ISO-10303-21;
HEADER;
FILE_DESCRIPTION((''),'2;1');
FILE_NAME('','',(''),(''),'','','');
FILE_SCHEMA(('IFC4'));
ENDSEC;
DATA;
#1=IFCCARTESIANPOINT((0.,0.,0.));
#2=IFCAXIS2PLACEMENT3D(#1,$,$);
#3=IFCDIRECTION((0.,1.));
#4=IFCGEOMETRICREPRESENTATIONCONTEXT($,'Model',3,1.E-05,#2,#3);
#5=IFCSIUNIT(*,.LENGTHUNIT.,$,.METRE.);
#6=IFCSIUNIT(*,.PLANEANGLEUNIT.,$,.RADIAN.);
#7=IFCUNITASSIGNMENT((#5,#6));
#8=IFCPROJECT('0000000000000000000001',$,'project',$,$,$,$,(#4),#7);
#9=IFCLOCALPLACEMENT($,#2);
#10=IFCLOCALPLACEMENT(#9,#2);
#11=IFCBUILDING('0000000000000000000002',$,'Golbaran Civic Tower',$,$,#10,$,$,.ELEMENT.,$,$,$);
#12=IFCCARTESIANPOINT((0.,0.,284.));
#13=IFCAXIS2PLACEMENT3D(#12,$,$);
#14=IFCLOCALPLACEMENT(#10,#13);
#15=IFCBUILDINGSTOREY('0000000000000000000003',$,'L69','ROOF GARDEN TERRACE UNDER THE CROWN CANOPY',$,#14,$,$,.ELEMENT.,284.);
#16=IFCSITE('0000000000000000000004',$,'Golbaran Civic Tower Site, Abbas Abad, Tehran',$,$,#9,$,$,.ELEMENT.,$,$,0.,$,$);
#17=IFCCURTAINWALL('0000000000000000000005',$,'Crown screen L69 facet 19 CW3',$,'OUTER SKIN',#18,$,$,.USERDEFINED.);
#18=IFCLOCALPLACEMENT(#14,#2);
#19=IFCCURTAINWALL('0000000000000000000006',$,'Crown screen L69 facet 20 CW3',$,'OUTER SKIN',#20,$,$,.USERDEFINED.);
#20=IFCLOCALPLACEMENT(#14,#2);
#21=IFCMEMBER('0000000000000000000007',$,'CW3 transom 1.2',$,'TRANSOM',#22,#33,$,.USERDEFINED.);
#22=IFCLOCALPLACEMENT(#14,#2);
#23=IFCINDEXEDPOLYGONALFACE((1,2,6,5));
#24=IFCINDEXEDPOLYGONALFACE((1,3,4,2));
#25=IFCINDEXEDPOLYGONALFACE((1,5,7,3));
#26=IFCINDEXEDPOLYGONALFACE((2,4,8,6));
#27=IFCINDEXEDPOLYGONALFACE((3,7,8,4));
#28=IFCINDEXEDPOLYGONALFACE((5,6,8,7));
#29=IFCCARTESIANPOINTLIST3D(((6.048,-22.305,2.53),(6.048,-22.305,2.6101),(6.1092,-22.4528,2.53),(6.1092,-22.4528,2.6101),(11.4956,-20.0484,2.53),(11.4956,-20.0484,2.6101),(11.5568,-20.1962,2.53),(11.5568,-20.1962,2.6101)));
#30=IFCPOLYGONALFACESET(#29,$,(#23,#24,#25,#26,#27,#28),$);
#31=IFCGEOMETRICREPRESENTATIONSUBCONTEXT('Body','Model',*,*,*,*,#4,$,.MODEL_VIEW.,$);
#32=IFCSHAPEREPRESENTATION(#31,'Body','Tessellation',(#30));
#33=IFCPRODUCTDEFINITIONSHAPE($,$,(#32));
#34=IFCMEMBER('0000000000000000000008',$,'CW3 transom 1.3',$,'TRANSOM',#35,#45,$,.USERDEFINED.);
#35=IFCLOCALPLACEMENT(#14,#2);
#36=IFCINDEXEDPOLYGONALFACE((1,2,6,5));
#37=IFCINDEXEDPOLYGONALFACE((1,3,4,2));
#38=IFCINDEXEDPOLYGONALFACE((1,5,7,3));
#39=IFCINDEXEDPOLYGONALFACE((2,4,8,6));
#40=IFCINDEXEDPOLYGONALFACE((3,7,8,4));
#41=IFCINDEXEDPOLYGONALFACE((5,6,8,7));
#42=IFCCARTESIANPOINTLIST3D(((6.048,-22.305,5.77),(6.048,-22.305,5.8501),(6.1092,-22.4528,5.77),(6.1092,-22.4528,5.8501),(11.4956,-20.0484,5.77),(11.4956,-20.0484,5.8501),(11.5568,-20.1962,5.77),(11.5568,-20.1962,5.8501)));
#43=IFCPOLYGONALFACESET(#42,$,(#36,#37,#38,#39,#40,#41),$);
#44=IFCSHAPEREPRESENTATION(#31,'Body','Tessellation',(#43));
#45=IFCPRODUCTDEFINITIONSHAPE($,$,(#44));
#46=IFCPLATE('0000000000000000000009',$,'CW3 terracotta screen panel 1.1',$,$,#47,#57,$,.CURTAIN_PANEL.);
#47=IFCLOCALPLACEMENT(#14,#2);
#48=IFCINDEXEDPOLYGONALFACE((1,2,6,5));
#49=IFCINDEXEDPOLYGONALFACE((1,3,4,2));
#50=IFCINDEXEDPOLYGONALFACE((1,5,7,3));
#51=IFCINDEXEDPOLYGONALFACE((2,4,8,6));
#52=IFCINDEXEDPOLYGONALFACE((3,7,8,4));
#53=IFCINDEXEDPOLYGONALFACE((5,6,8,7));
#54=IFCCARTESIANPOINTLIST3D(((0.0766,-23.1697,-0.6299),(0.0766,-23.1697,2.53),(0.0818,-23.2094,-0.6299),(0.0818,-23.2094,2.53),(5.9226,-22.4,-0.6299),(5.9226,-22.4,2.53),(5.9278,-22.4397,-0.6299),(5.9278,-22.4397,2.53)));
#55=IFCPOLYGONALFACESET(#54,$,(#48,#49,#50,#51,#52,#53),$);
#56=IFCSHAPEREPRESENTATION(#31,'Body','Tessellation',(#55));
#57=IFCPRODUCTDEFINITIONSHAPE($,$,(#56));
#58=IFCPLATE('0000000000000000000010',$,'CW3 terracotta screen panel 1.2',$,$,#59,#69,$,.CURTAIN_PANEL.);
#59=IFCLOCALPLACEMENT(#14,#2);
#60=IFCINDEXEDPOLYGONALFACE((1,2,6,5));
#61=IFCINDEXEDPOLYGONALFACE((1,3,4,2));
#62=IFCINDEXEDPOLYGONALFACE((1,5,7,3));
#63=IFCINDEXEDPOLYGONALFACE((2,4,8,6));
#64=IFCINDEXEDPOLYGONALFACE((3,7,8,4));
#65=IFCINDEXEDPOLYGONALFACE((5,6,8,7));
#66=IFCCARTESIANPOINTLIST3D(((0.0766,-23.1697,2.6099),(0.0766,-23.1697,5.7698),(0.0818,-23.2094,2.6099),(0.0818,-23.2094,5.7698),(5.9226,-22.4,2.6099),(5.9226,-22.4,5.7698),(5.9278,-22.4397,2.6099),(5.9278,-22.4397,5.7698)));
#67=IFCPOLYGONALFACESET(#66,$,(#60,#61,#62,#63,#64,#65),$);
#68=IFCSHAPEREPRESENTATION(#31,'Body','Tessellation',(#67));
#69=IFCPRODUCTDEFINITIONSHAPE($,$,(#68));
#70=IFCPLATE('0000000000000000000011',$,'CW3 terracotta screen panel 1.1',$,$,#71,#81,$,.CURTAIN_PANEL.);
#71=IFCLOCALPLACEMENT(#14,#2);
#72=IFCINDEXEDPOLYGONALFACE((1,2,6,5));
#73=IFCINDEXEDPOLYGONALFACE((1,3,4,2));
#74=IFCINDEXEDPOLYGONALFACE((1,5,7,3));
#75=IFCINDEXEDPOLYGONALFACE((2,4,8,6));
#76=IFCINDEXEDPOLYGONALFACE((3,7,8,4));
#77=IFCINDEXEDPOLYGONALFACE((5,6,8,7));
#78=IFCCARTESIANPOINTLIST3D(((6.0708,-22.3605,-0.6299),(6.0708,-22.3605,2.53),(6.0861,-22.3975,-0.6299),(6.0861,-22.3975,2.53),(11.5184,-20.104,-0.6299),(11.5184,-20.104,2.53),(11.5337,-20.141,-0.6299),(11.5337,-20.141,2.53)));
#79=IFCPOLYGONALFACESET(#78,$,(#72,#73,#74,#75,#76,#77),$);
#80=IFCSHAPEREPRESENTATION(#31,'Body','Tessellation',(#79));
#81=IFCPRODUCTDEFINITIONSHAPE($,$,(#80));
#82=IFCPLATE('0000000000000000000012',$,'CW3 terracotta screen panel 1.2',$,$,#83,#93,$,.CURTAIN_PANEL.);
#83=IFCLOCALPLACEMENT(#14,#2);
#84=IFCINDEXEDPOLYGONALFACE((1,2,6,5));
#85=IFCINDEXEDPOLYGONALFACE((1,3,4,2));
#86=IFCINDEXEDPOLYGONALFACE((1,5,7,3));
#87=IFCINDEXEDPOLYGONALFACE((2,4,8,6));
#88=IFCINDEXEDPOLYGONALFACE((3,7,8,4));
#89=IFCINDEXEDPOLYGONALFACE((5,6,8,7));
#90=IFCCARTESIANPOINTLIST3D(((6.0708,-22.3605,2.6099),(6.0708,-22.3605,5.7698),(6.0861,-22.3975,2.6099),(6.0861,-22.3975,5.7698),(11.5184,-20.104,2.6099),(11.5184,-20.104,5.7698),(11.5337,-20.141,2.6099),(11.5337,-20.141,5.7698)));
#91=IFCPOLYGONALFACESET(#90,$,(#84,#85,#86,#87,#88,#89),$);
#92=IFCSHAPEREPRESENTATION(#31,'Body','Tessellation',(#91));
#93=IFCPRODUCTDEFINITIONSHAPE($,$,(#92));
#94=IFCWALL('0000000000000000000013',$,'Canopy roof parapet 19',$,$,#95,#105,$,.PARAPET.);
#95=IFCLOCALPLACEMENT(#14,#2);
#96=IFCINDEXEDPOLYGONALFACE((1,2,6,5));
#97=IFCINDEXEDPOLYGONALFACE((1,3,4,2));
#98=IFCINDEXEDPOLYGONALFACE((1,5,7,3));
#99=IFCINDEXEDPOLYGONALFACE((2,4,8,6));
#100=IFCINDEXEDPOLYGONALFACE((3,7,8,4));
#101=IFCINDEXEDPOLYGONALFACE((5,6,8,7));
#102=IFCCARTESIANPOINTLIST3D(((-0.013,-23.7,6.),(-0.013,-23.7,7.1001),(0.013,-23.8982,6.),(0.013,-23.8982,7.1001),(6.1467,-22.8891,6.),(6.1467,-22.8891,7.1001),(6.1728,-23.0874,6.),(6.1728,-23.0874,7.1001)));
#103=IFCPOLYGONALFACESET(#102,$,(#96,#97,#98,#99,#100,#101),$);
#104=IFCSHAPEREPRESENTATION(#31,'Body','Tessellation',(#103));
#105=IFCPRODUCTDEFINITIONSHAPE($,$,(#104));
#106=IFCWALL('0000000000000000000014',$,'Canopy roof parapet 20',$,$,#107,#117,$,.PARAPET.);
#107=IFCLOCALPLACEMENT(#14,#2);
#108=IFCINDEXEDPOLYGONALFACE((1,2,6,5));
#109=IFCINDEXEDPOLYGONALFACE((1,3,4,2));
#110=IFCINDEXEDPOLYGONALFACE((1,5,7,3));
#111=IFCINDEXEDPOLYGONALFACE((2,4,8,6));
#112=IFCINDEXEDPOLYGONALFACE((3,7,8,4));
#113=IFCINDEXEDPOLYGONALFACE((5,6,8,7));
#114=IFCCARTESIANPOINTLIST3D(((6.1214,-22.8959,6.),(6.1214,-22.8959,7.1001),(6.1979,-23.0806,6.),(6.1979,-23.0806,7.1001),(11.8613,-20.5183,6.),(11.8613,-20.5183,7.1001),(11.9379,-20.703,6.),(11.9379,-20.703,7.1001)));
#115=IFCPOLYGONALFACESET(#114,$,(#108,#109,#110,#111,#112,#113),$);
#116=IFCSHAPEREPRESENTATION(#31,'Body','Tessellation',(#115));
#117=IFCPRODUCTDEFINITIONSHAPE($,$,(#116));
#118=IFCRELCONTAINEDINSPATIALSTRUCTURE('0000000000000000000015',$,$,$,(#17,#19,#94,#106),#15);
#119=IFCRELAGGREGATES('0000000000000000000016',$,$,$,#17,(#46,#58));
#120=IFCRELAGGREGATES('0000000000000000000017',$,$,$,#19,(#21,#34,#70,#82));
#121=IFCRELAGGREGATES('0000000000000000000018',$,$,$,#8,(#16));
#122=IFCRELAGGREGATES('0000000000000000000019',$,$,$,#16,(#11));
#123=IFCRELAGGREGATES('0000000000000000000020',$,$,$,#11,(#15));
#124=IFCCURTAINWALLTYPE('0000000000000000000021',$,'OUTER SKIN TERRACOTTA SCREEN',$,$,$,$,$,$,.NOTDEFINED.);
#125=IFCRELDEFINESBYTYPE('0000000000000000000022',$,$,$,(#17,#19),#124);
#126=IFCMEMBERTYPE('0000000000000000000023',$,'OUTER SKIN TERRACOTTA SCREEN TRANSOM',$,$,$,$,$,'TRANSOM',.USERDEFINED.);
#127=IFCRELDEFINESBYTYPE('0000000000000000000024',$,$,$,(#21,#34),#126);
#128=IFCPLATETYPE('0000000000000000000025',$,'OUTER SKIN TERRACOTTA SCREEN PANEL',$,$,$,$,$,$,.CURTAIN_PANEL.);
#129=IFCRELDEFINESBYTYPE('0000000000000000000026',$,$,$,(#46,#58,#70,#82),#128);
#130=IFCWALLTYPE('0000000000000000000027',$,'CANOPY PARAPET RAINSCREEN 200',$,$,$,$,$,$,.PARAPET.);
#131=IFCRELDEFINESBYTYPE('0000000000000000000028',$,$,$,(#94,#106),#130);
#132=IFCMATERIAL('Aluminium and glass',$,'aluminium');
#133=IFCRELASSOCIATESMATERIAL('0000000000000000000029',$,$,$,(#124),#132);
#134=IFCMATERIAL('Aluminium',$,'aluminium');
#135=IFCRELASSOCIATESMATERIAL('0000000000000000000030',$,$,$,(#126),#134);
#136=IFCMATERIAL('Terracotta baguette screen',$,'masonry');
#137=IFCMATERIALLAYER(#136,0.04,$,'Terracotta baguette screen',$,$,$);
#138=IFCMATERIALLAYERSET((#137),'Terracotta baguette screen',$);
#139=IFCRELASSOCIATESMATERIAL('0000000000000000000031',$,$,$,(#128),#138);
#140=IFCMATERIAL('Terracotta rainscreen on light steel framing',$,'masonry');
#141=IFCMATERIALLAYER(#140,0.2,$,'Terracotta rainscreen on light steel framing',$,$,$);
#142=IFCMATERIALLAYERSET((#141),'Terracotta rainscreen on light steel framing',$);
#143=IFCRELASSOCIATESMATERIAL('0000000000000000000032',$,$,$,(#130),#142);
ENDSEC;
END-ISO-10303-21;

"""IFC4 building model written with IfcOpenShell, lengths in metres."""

from ifc_helpers import new_model, si_unit, direction, frame, frame_2d, origin, origin_2d, place, context, subcontext, project, spatial, rectangle, extrude, material, layer, layer_set, material_profile, profile_set, type_object, element, aggregate, save


model = new_model("IFC4")

# Units and contexts
model_context = context("Model", 3, precision=1e-05, world=origin(), true_north=direction((0.0, 1.0)))
body_context = subcontext(model_context, "Body", "Model", "MODEL_VIEW")
ifc_project = project(units=[si_unit("LENGTHUNIT", "METRE"), si_unit("PLANEANGLEUNIT", "RADIAN")], contexts=[model_context])

# Site, building, storey
site_placement = place(None, origin())
site = spatial("IfcSite", under=ifc_project, at=site_placement, Name="Golbaran Civic Tower Site, Abbas Abad, Tehran", CompositionType="ELEMENT", RefElevation=0.0)
building_placement = place(site_placement, origin())
building = spatial("IfcBuilding", under=site, at=building_placement, Name="Golbaran Civic Tower", CompositionType="ELEMENT")
storey_placement = place(building_placement, frame((0.0, 0.0, 284.0)))
storey = spatial("IfcBuildingStorey", under=building, at=storey_placement, Name="L69", Description="ROOF GARDEN TERRACE UNDER THE CROWN CANOPY", CompositionType="ELEMENT", Elevation=284.0)

# Curtain wall
ifc_material_1 = material(Name="Aluminium and glass", Category="aluminium")
curtain_wall_type = type_object("IfcCurtainWallType", Name="OUTER SKIN TERRACOTTA SCREEN", PredefinedType="NOTDEFINED", material=ifc_material_1)
curtain_wall_1_placement = place(storey_placement, origin())
curtain_wall_1 = element("IfcCurtainWall", 1, at=curtain_wall_1_placement, inside=storey, type_object=curtain_wall_type, Name="Crown screen L69 facet 19 CW3", ObjectType="OUTER SKIN", PredefinedType="USERDEFINED")
ifc_material_2 = material(Name="Aluminium", Category="aluminium")

# Curtain wall
curtain_wall_2_placement = place(storey_placement, origin())
curtain_wall_2 = element("IfcCurtainWall", 2, at=curtain_wall_2_placement, inside=storey, type_object=curtain_wall_type, Name="Crown screen L69 facet 20 CW3", ObjectType="OUTER SKIN", PredefinedType="USERDEFINED")

# Members
ifc_material_profile_1 = material_profile(ifc_material_2, rectangle(XDim=0.1599, YDim=0.0801, at=origin_2d()), Name="OUTER SKIN TERRACOTTA SCREEN TRANSOM")
ifc_profile_set_1 = profile_set([ifc_material_profile_1], Name="Aluminium")
member_type_1 = type_object("IfcMemberType", Name="OUTER SKIN TERRACOTTA SCREEN TRANSOM", ElementType="TRANSOM", PredefinedType="USERDEFINED", material=ifc_profile_set_1)
member_1_placement = place(storey_placement, frame((6.0786, -22.3789, 2.5701), z_axis=(0.92387, 0.382707, 0.0), x_axis=(-0.382707, 0.92387, 0.0)))
member_1 = element("IfcMember", 3, at=member_1_placement, type_object=member_type_1, Name="CW3 transom 1.2", ObjectType="TRANSOM", PredefinedType="USERDEFINED", context=body_context, shape_type="SweptSolid", body=[
    extrude(rectangle(XDim=0.1599, YDim=0.0801, at=origin_2d()), origin(), (0.0, 0.0, 1.0), 5.8965),
])
member_2_placement = place(storey_placement, frame((6.0786, -22.3789, 5.8101), z_axis=(0.92387, 0.382707, 0.0), x_axis=(-0.382707, 0.92387, 0.0)))
member_2 = element("IfcMember", 4, at=member_2_placement, type_object=member_type_1, Name="CW3 transom 1.3", ObjectType="TRANSOM", PredefinedType="USERDEFINED", context=body_context, shape_type="SweptSolid", body=[
    extrude(rectangle(XDim=0.1599, YDim=0.0801, at=origin_2d()), origin(), (0.0, 0.0, 1.0), 5.8965),
])

# Plates
ifc_material_3 = material(Name="Terracotta baguette screen", Category="masonry")
ifc_layer_1 = layer(ifc_material_3, 0.04, Name="Terracotta baguette screen")
ifc_layer_set_1 = layer_set([ifc_layer_1], Name="Terracotta baguette screen")
plate_type = type_object("IfcPlateType", Name="OUTER SKIN TERRACOTTA SCREEN PANEL", PredefinedType="CURTAIN_PANEL", material=ifc_layer_set_1)
plate_1_placement = place(storey_placement, frame((3.0022, -22.8047, -0.6299), z_axis=(0.0, 0.0, 1.0), x_axis=(0.991445, 0.130526, 0.0)))
plate_1 = element("IfcPlate", 5, at=plate_1_placement, type_object=plate_type, Name="CW3 terracotta screen panel 1.1", PredefinedType="CURTAIN_PANEL", context=body_context, shape_type="SweptSolid", body=[
    extrude(rectangle(XDim=5.8965, YDim=0.04, at=origin_2d()), origin(), (0.0, 0.0, 1.0), 3.1599),
])
plate_2_placement = place(storey_placement, frame((3.0022, -22.8047, 2.6099), z_axis=(0.0, 0.0, 1.0), x_axis=(0.991445, 0.130526, 0.0)))
plate_2 = element("IfcPlate", 6, at=plate_2_placement, type_object=plate_type, Name="CW3 terracotta screen panel 1.2", PredefinedType="CURTAIN_PANEL", context=body_context, shape_type="SweptSolid", body=[
    extrude(rectangle(XDim=5.8965, YDim=0.04, at=origin_2d()), origin(), (0.0, 0.0, 1.0), 3.1599),
])
aggregate(curtain_wall_1, [plate_1, plate_2])
plate_3_placement = place(storey_placement, frame((8.8022, -21.2507, -0.6299), z_axis=(0.0, 0.0, 1.0), x_axis=(0.92388, 0.382683, 0.0)))
plate_3 = element("IfcPlate", 7, at=plate_3_placement, type_object=plate_type, Name="CW3 terracotta screen panel 1.1", PredefinedType="CURTAIN_PANEL", context=body_context, shape_type="SweptSolid", body=[
    extrude(rectangle(XDim=5.8965, YDim=0.04, at=origin_2d()), origin(), (0.0, 0.0, 1.0), 3.1599),
])
plate_4_placement = place(storey_placement, frame((8.8022, -21.2507, 2.6099), z_axis=(0.0, 0.0, 1.0), x_axis=(0.92388, 0.382683, 0.0)))
plate_4 = element("IfcPlate", 8, at=plate_4_placement, type_object=plate_type, Name="CW3 terracotta screen panel 1.2", PredefinedType="CURTAIN_PANEL", context=body_context, shape_type="SweptSolid", body=[
    extrude(rectangle(XDim=5.8965, YDim=0.04, at=origin_2d()), origin(), (0.0, 0.0, 1.0), 3.1599),
])
aggregate(curtain_wall_2, [member_1, member_2, plate_3, plate_4])

# Walls
ifc_material_4 = material(Name="Terracotta rainscreen on light steel framing", Category="masonry")
ifc_layer_2 = layer(ifc_material_4, 0.2, Name="Terracotta rainscreen on light steel framing")
ifc_layer_set_2 = layer_set([ifc_layer_2], Name="Terracotta rainscreen on light steel framing")
wall_type = type_object("IfcWallType", Name="CANOPY PARAPET RAINSCREEN 200", PredefinedType="PARAPET", material=ifc_layer_set_2)
for number, where, z_axis, x_axis, name in (
    (9, (0.0, -23.7991, 6.0), (0.0, 0.0, 1.0), (0.991448, 0.130503, 0.0), "Canopy roof parapet 19"),
    (10, (6.1597, -22.9883, 6.0), (0.0, 0.0, 1.0), (0.923874, 0.382698, 0.0), "Canopy roof parapet 20"),
):
    element("IfcWall", number, at=place(storey_placement, frame(where, z_axis=z_axis, x_axis=x_axis)), inside=storey, type_object=wall_type, Name=name, PredefinedType="PARAPET", context=body_context, shape_type="SweptSolid", body=[
        extrude(rectangle(XDim=6.2129, YDim=0.2, at=frame_2d((3.1064, 0.0))), origin(), (0.0, 0.0, 1.0), 1.1001),
    ])

save(model, "model.ifc")
